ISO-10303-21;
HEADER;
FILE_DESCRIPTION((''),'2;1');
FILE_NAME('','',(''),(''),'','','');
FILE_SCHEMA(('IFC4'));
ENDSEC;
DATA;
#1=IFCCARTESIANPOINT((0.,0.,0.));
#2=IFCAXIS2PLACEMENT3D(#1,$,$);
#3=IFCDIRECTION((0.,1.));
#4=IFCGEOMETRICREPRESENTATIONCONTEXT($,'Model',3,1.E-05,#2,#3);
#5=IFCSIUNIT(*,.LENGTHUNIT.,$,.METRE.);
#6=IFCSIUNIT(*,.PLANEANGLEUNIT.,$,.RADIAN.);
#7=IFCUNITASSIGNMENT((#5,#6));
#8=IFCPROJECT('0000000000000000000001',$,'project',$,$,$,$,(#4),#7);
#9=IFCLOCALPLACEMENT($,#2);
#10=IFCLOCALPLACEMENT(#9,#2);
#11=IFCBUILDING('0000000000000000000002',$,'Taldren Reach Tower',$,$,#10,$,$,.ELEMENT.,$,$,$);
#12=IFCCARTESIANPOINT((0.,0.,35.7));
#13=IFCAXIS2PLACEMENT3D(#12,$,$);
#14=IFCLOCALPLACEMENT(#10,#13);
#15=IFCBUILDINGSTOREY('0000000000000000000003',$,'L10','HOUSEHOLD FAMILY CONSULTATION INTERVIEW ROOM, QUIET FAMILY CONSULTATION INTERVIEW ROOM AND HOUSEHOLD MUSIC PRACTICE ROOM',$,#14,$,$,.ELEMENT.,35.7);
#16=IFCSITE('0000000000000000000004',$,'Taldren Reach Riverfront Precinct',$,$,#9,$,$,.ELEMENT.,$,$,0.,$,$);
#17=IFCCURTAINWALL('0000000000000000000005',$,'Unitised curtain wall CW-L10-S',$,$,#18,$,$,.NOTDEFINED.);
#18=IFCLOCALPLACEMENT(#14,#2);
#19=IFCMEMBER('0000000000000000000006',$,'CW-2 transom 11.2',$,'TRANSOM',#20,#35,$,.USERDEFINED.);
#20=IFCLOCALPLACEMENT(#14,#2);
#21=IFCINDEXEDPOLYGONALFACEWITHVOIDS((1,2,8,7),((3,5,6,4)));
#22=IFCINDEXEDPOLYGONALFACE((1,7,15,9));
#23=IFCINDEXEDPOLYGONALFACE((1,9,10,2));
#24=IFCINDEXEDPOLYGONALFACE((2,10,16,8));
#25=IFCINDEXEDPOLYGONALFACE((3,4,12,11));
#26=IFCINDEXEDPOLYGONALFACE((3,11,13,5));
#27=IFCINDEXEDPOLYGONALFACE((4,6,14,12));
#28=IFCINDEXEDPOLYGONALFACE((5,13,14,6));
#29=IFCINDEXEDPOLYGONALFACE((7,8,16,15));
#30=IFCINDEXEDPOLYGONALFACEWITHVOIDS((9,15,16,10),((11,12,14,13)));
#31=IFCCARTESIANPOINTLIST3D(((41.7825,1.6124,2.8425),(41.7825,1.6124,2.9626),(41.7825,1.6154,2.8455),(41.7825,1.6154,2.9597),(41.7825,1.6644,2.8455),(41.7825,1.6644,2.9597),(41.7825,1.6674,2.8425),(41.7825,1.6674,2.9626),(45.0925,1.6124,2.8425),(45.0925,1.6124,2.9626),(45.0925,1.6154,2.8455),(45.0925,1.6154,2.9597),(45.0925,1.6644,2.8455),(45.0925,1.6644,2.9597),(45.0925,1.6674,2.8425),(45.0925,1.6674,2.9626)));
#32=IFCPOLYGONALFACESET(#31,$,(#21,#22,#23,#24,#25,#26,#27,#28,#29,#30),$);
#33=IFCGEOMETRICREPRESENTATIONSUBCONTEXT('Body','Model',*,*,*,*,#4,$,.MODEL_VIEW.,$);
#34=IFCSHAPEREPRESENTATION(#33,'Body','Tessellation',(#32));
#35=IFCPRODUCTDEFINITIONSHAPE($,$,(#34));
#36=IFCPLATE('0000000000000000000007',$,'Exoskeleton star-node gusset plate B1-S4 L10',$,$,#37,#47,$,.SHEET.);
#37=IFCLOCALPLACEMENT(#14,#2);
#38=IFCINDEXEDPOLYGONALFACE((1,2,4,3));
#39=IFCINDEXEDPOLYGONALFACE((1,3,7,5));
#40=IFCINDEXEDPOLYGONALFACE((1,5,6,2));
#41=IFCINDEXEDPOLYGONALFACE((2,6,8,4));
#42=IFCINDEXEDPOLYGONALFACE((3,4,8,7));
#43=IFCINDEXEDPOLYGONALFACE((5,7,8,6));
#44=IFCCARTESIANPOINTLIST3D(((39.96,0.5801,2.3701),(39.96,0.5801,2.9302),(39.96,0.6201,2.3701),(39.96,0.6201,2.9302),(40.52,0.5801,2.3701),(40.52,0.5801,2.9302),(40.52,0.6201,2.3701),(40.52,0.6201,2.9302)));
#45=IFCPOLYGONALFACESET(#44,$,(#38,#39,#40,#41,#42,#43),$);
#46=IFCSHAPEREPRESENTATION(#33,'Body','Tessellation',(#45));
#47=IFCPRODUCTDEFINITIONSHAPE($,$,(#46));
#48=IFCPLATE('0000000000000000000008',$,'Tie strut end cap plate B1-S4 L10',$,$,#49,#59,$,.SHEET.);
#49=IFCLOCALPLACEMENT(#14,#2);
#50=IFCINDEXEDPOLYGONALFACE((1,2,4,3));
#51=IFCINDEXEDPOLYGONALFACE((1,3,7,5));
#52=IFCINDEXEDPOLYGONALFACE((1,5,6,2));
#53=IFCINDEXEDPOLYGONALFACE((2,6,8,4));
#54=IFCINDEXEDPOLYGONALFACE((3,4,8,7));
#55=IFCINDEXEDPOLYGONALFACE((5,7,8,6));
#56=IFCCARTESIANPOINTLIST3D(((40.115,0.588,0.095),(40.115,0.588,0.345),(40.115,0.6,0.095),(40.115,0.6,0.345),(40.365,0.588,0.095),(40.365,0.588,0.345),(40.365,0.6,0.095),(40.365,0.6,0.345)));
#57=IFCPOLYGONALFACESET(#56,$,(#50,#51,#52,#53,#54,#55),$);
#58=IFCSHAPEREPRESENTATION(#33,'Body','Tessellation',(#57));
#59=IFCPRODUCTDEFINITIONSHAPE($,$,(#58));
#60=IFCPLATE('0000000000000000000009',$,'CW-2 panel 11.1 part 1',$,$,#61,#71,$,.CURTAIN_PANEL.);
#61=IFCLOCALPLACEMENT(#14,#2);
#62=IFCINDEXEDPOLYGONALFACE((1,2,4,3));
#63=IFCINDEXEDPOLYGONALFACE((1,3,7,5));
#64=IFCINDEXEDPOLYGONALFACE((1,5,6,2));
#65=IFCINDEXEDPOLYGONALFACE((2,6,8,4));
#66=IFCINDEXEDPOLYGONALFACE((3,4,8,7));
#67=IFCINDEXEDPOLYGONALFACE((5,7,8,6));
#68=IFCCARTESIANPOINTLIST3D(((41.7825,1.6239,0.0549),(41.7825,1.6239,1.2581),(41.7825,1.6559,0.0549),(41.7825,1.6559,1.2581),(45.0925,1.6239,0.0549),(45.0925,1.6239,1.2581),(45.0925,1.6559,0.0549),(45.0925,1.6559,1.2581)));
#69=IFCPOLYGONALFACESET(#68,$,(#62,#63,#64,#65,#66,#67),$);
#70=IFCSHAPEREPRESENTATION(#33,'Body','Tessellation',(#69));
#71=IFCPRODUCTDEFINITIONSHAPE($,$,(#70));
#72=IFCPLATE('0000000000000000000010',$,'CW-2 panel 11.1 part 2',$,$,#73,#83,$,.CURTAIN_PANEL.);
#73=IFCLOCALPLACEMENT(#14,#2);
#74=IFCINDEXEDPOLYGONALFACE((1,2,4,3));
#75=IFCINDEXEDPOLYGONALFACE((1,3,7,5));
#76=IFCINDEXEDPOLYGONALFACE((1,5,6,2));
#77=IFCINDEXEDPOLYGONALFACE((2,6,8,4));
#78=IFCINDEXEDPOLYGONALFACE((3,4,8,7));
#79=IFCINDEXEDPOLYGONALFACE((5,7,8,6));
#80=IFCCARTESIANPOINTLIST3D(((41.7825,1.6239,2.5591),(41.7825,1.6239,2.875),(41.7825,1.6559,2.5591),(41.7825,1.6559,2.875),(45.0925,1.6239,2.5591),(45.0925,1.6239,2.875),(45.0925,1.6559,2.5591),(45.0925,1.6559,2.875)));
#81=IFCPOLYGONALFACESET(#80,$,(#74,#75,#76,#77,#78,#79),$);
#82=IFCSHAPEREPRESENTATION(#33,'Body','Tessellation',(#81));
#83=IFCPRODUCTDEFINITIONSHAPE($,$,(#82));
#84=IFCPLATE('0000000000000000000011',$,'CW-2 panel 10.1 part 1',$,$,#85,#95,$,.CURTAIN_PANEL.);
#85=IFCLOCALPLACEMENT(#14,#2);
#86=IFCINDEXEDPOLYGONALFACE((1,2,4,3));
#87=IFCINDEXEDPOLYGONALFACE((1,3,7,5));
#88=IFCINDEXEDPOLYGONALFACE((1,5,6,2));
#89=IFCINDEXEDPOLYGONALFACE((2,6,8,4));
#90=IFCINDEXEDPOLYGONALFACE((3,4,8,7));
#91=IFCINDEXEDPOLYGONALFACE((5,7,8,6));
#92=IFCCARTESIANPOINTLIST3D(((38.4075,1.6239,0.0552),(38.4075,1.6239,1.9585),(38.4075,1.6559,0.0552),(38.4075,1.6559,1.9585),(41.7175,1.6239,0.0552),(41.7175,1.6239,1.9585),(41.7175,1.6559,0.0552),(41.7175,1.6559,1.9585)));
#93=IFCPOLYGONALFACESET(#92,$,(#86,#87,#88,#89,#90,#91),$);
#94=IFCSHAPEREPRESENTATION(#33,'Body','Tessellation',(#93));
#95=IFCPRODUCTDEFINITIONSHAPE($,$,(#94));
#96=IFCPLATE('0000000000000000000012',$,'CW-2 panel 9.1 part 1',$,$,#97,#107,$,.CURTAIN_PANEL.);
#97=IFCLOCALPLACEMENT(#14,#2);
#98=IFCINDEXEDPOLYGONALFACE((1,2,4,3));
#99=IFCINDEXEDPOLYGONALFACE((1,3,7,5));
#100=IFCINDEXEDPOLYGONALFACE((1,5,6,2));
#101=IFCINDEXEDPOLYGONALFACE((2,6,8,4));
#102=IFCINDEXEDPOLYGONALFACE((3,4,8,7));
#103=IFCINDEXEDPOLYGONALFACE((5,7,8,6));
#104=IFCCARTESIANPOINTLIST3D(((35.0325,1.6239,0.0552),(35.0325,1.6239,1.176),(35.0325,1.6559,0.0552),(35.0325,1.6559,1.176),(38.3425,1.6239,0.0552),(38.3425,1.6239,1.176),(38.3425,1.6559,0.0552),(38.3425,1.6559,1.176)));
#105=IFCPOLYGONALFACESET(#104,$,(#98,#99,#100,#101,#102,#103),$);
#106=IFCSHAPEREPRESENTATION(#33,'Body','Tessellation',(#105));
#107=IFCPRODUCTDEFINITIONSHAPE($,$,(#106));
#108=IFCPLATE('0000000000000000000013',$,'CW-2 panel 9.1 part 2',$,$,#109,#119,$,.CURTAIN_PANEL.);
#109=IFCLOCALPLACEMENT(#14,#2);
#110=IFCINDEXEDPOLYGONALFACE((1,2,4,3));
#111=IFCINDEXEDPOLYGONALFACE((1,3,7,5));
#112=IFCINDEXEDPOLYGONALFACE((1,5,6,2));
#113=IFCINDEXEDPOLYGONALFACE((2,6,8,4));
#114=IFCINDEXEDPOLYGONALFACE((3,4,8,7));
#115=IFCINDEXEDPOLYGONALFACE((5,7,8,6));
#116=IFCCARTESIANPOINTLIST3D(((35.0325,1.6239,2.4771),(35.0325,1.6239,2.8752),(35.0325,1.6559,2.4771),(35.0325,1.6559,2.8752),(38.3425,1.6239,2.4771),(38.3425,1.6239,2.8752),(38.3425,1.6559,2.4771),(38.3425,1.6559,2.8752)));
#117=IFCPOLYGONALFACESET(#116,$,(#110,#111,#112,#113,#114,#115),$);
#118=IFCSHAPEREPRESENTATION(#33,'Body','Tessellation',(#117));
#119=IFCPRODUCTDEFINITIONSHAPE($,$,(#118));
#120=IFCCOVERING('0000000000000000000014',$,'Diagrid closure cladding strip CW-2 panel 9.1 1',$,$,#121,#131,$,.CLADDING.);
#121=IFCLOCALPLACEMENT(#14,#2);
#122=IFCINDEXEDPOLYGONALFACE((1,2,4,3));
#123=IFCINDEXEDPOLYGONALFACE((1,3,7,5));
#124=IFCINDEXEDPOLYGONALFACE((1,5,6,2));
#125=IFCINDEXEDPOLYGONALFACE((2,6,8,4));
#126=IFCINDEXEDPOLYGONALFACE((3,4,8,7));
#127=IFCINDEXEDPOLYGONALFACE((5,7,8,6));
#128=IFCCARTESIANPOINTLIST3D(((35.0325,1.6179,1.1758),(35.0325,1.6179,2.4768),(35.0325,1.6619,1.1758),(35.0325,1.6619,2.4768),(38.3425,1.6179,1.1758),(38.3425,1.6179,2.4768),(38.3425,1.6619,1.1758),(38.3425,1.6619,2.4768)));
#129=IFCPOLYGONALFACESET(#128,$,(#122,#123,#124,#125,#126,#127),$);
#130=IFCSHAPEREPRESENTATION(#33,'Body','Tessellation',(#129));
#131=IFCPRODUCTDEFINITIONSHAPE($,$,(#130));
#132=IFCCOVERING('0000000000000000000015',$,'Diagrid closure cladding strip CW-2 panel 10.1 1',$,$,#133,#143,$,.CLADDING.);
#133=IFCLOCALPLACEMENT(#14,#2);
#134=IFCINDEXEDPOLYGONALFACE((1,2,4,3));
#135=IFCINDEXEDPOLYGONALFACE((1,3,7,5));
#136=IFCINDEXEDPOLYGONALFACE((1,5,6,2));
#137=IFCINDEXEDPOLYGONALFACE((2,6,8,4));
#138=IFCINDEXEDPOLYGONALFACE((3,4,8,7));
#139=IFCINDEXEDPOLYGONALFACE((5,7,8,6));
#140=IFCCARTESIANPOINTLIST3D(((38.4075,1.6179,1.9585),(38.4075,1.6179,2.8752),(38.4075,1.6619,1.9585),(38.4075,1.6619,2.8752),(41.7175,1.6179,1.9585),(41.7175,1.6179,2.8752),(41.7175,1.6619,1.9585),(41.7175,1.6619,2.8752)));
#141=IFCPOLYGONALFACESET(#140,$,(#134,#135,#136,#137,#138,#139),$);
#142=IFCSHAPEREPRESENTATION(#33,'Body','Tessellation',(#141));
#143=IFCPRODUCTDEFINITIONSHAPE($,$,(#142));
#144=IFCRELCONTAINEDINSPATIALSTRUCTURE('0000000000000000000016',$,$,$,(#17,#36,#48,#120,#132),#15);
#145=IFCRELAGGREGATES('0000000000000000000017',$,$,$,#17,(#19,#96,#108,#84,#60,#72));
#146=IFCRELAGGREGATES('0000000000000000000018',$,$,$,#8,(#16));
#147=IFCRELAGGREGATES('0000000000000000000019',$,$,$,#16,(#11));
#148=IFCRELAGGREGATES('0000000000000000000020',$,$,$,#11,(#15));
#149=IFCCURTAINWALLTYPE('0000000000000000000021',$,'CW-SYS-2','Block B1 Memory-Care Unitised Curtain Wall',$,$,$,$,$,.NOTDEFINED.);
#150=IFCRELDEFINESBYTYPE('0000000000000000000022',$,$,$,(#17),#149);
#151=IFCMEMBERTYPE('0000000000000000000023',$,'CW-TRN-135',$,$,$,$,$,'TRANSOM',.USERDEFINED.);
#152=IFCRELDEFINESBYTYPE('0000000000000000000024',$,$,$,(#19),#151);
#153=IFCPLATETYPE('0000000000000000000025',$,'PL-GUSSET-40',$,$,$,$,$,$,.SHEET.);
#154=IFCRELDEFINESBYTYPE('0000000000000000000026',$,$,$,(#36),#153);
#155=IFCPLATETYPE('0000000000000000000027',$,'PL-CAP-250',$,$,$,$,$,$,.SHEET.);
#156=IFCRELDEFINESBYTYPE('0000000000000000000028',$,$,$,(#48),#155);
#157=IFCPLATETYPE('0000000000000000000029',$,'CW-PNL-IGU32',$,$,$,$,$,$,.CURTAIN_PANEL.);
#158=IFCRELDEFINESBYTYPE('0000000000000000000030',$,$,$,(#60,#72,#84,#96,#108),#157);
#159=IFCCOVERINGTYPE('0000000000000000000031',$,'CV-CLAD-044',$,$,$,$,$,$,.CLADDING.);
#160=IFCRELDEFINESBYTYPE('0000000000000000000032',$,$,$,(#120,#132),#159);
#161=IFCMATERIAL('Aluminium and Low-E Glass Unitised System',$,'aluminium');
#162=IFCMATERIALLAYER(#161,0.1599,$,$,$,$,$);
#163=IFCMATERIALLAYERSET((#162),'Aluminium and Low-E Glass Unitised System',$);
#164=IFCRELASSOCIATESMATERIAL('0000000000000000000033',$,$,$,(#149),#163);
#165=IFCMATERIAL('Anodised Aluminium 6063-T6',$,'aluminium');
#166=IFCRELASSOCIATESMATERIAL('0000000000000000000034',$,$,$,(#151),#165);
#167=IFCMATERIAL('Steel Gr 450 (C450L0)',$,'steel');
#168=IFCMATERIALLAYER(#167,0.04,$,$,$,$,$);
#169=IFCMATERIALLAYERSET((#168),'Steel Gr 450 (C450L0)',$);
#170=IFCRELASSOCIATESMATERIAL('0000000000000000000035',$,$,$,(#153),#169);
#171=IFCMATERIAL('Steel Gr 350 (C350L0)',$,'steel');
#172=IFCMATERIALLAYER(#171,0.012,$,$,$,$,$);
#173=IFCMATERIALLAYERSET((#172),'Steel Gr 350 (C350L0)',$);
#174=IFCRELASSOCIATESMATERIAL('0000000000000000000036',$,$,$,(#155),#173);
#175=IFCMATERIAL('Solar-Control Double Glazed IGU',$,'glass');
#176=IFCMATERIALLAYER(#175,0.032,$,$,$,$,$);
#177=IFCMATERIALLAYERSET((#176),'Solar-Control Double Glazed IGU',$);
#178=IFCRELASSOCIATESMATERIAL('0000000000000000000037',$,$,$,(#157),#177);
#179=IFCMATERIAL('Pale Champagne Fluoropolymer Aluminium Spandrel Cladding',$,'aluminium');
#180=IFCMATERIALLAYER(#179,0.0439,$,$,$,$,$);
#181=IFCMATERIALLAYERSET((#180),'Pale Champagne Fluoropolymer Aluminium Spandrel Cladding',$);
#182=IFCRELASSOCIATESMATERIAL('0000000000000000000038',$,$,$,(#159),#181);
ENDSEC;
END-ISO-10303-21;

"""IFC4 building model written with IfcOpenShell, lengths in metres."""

from ifc_helpers import new_model, si_unit, direction, frame, origin, origin_2d, place, context, subcontext, project, spatial, rectangle, hollow_rectangle, extrude, source, transform, mapped, material, layer, layer_set, material_profile, profile_set, type_object, element, aggregate, save


model = new_model("IFC4")

# Units and contexts
model_context = context("Model", 3, precision=1e-05, world=origin(), true_north=direction((0.0, 1.0)))
body_context = subcontext(model_context, "Body", "Model", "MODEL_VIEW")
ifc_project = project(units=[si_unit("LENGTHUNIT", "METRE"), si_unit("PLANEANGLEUNIT", "RADIAN")], contexts=[model_context])

# Site, building, storey
site_placement = place(None, origin())
site = spatial("IfcSite", under=ifc_project, at=site_placement, Name="Taldren Reach Riverfront Precinct", CompositionType="ELEMENT", RefElevation=0.0)
building_placement = place(site_placement, origin())
building = spatial("IfcBuilding", under=site, at=building_placement, Name="Taldren Reach Tower", CompositionType="ELEMENT")
storey_placement = place(building_placement, frame((0.0, 0.0, 35.7)))
storey = spatial("IfcBuildingStorey", under=building, at=storey_placement, Name="L10", Description="HOUSEHOLD FAMILY CONSULTATION INTERVIEW ROOM, QUIET FAMILY CONSULTATION INTERVIEW ROOM AND HOUSEHOLD MUSIC PRACTICE ROOM", CompositionType="ELEMENT", Elevation=35.7)

# Shared definitions
ifc_material_1 = material(Name="Steel Gr 450 (C450L0)", Category="steel")
ifc_material_2 = material(Name="Steel Gr 350 (C350L0)", Category="steel")

# Curtain wall, member
ifc_material_3 = material(Name="Aluminium and Low-E Glass Unitised System", Category="aluminium")
ifc_layer_1 = layer(ifc_material_3, 0.1599)
ifc_layer_set_1 = layer_set([ifc_layer_1], Name="Aluminium and Low-E Glass Unitised System")
curtain_wall_type = type_object("IfcCurtainWallType", Name="CW-SYS-2", Description="Block B1 Memory-Care Unitised Curtain Wall", PredefinedType="NOTDEFINED", material=ifc_layer_set_1)
curtain_wall_placement = place(storey_placement, origin())
curtain_wall = element("IfcCurtainWall", 1, at=curtain_wall_placement, inside=storey, type_object=curtain_wall_type, Name="Unitised curtain wall CW-L10-S", PredefinedType="NOTDEFINED")
ifc_material_4 = material(Name="Anodised Aluminium 6063-T6", Category="aluminium")
ifc_material_profile_1 = material_profile(ifc_material_4, hollow_rectangle(XDim=0.0549, YDim=0.1201, WallThickness=0.0029, at=origin_2d()), Name="ALU-120x55x3RHS")
ifc_profile_set_1 = profile_set([ifc_material_profile_1], Name="Anodised Aluminium 6063-T6")
member_type_1 = type_object("IfcMemberType", Name="CW-TRN-135", ElementType="TRANSOM", PredefinedType="USERDEFINED", material=ifc_profile_set_1)
shared_shape_1 = source(origin(), body_context, "Body", "SweptSolid", [
    extrude(hollow_rectangle(XDim=0.0549, YDim=0.1201, WallThickness=0.0029, at=origin_2d()), origin(), (0.0, 0.0, 1.0), 3.3101),
])
member_1_placement = place(storey_placement, frame((41.7825, 1.6399, 2.9026), z_axis=(1.0, 0.0, 0.0), x_axis=(0.0, 1.0, 0.0)))
member_1 = element("IfcMember", 2, at=member_1_placement, type_object=member_type_1, Name="CW-2 transom 11.2", ObjectType="TRANSOM", PredefinedType="USERDEFINED", context=body_context, shape_type="MappedRepresentation", body=[
    mapped(shared_shape_1, transform((0.0, 0.0, 0.0), scale=1.0)),
])

# Plates
ifc_layer_2 = layer(ifc_material_1, 0.04)
ifc_layer_set_2 = layer_set([ifc_layer_2], Name="Steel Gr 450 (C450L0)")
plate_type_1 = type_object("IfcPlateType", Name="PL-GUSSET-40", PredefinedType="SHEET", material=ifc_layer_set_2)
shared_shape_2 = source(origin(), body_context, "Body", "SweptSolid", [
    extrude(rectangle(XDim=0.5601, YDim=0.04, at=origin_2d()), origin(), (0.0, 0.0, 1.0), 0.5601),
])
plate_1_placement = place(storey_placement, frame((40.24, 0.6001, 2.3701), z_axis=(0.0, 0.0, 1.0), x_axis=(1.0, 0.0, 0.0)))
element("IfcPlate", 3, at=plate_1_placement, inside=storey, type_object=plate_type_1, Name="Exoskeleton star-node gusset plate B1-S4 L10", PredefinedType="SHEET", context=body_context, shape_type="MappedRepresentation", body=[
    mapped(shared_shape_2, transform((0.0, 0.0, 0.0), scale=1.0)),
])
ifc_layer_3 = layer(ifc_material_2, 0.012)
ifc_layer_set_3 = layer_set([ifc_layer_3], Name="Steel Gr 350 (C350L0)")
plate_type_2 = type_object("IfcPlateType", Name="PL-CAP-250", PredefinedType="SHEET", material=ifc_layer_set_3)
shared_shape_3 = source(origin(), body_context, "Body", "SweptSolid", [
    extrude(rectangle(XDim=0.25, YDim=0.012, at=origin_2d()), origin(), (0.0, 0.0, 1.0), 0.25),
])
plate_2_placement = place(storey_placement, frame((40.24, 0.594, 0.095), z_axis=(0.0, 0.0, 1.0), x_axis=(1.0, 0.0, 0.0)))
element("IfcPlate", 4, at=plate_2_placement, inside=storey, type_object=plate_type_2, Name="Tie strut end cap plate B1-S4 L10", PredefinedType="SHEET", context=body_context, shape_type="MappedRepresentation", body=[
    mapped(shared_shape_3, transform((0.0, 0.0, 0.0), scale=1.0)),
])

# Plates
ifc_material_5 = material(Name="Solar-Control Double Glazed IGU", Category="glass")
ifc_layer_4 = layer(ifc_material_5, 0.032)
ifc_layer_set_4 = layer_set([ifc_layer_4], Name="Solar-Control Double Glazed IGU")
plate_type_3 = type_object("IfcPlateType", Name="CW-PNL-IGU32", PredefinedType="CURTAIN_PANEL", material=ifc_layer_set_4)
shared_shape_4 = source(origin(), body_context, "Body", "SweptSolid", [
    extrude(rectangle(XDim=3.3101, YDim=0.032, at=origin_2d()), origin(), (0.0, 0.0, 1.0), 1.2031),
])
plate_3_placement = place(storey_placement, frame((43.4375, 1.6399, 0.0549), z_axis=(0.0, 0.0, 1.0), x_axis=(1.0, 0.0, 0.0)))
plate_3 = element("IfcPlate", 5, at=plate_3_placement, type_object=plate_type_3, Name="CW-2 panel 11.1 part 1", PredefinedType="CURTAIN_PANEL", context=body_context, shape_type="MappedRepresentation", body=[
    mapped(shared_shape_4, transform((0.0, 0.0, 0.0), scale=1.0)),
])
shared_shape_5 = source(origin(), body_context, "Body", "SweptSolid", [
    extrude(rectangle(XDim=3.3101, YDim=0.032, at=origin_2d()), origin(), (0.0, 0.0, 1.0), 0.3159),
])
plate_4_placement = place(storey_placement, frame((43.4375, 1.6399, 2.5591), z_axis=(0.0, 0.0, 1.0), x_axis=(1.0, 0.0, 0.0)))
plate_4 = element("IfcPlate", 6, at=plate_4_placement, type_object=plate_type_3, Name="CW-2 panel 11.1 part 2", PredefinedType="CURTAIN_PANEL", context=body_context, shape_type="MappedRepresentation", body=[
    mapped(shared_shape_5, transform((0.0, 0.0, 0.0), scale=1.0)),
])
shared_shape_6 = source(origin(), body_context, "Body", "SweptSolid", [
    extrude(rectangle(XDim=3.3101, YDim=0.032, at=origin_2d()), origin(), (0.0, 0.0, 1.0), 1.9033),
])
plate_5_placement = place(storey_placement, frame((40.0625, 1.6399, 0.0552), z_axis=(0.0, 0.0, 1.0), x_axis=(1.0, 0.0, 0.0)))
plate_5 = element("IfcPlate", 7, at=plate_5_placement, type_object=plate_type_3, Name="CW-2 panel 10.1 part 1", PredefinedType="CURTAIN_PANEL", context=body_context, shape_type="MappedRepresentation", body=[
    mapped(shared_shape_6, transform((0.0, 0.0, 0.0), scale=1.0)),
])
shared_shape_7 = source(origin(), body_context, "Body", "SweptSolid", [
    extrude(rectangle(XDim=3.3101, YDim=0.032, at=origin_2d()), origin(), (0.0, 0.0, 1.0), 1.1208),
])
plate_6_placement = place(storey_placement, frame((36.6875, 1.6399, 0.0552), z_axis=(0.0, 0.0, 1.0), x_axis=(1.0, 0.0, 0.0)))
plate_6 = element("IfcPlate", 8, at=plate_6_placement, type_object=plate_type_3, Name="CW-2 panel 9.1 part 1", PredefinedType="CURTAIN_PANEL", context=body_context, shape_type="MappedRepresentation", body=[
    mapped(shared_shape_7, transform((0.0, 0.0, 0.0), scale=1.0)),
])
shared_shape_8 = source(origin(), body_context, "Body", "SweptSolid", [
    extrude(rectangle(XDim=3.3101, YDim=0.032, at=origin_2d()), origin(), (0.0, 0.0, 1.0), 0.3982),
])
plate_7_placement = place(storey_placement, frame((36.6875, 1.6399, 2.4771), z_axis=(0.0, 0.0, 1.0), x_axis=(1.0, 0.0, 0.0)))
plate_7 = element("IfcPlate", 9, at=plate_7_placement, type_object=plate_type_3, Name="CW-2 panel 9.1 part 2", PredefinedType="CURTAIN_PANEL", context=body_context, shape_type="MappedRepresentation", body=[
    mapped(shared_shape_8, transform((0.0, 0.0, 0.0), scale=1.0)),
])
aggregate(curtain_wall, [member_1, plate_6, plate_7, plate_5, plate_3, plate_4])

# Coverings
ifc_material_6 = material(Name="Pale Champagne Fluoropolymer Aluminium Spandrel Cladding", Category="aluminium")
ifc_layer_5 = layer(ifc_material_6, 0.0439)
ifc_layer_set_5 = layer_set([ifc_layer_5], Name="Pale Champagne Fluoropolymer Aluminium Spandrel Cladding")
covering_type = type_object("IfcCoveringType", Name="CV-CLAD-044", PredefinedType="CLADDING", material=ifc_layer_set_5)
shared_shape_9 = source(origin(), body_context, "Body", "SweptSolid", [
    extrude(rectangle(XDim=3.3101, YDim=0.0439, at=origin_2d()), origin(), (0.0, 0.0, 1.0), 1.301),
])
covering_1_placement = place(storey_placement, frame((36.6875, 1.6399, 1.1758), z_axis=(0.0, 0.0, 1.0), x_axis=(1.0, 0.0, 0.0)))
element("IfcCovering", 10, at=covering_1_placement, inside=storey, type_object=covering_type, Name="Diagrid closure cladding strip CW-2 panel 9.1 1", PredefinedType="CLADDING", context=body_context, shape_type="MappedRepresentation", body=[
    mapped(shared_shape_9, transform((0.0, 0.0, 0.0), scale=1.0)),
])
shared_shape_10 = source(origin(), body_context, "Body", "SweptSolid", [
    extrude(rectangle(XDim=3.3101, YDim=0.0439, at=origin_2d()), origin(), (0.0, 0.0, 1.0), 0.9167),
])
covering_2_placement = place(storey_placement, frame((40.0625, 1.6399, 1.9585), z_axis=(0.0, 0.0, 1.0), x_axis=(1.0, 0.0, 0.0)))
element("IfcCovering", 11, at=covering_2_placement, inside=storey, type_object=covering_type, Name="Diagrid closure cladding strip CW-2 panel 10.1 1", PredefinedType="CLADDING", context=body_context, shape_type="MappedRepresentation", body=[
    mapped(shared_shape_10, transform((0.0, 0.0, 0.0), scale=1.0)),
])

save(model, "model.ifc")
